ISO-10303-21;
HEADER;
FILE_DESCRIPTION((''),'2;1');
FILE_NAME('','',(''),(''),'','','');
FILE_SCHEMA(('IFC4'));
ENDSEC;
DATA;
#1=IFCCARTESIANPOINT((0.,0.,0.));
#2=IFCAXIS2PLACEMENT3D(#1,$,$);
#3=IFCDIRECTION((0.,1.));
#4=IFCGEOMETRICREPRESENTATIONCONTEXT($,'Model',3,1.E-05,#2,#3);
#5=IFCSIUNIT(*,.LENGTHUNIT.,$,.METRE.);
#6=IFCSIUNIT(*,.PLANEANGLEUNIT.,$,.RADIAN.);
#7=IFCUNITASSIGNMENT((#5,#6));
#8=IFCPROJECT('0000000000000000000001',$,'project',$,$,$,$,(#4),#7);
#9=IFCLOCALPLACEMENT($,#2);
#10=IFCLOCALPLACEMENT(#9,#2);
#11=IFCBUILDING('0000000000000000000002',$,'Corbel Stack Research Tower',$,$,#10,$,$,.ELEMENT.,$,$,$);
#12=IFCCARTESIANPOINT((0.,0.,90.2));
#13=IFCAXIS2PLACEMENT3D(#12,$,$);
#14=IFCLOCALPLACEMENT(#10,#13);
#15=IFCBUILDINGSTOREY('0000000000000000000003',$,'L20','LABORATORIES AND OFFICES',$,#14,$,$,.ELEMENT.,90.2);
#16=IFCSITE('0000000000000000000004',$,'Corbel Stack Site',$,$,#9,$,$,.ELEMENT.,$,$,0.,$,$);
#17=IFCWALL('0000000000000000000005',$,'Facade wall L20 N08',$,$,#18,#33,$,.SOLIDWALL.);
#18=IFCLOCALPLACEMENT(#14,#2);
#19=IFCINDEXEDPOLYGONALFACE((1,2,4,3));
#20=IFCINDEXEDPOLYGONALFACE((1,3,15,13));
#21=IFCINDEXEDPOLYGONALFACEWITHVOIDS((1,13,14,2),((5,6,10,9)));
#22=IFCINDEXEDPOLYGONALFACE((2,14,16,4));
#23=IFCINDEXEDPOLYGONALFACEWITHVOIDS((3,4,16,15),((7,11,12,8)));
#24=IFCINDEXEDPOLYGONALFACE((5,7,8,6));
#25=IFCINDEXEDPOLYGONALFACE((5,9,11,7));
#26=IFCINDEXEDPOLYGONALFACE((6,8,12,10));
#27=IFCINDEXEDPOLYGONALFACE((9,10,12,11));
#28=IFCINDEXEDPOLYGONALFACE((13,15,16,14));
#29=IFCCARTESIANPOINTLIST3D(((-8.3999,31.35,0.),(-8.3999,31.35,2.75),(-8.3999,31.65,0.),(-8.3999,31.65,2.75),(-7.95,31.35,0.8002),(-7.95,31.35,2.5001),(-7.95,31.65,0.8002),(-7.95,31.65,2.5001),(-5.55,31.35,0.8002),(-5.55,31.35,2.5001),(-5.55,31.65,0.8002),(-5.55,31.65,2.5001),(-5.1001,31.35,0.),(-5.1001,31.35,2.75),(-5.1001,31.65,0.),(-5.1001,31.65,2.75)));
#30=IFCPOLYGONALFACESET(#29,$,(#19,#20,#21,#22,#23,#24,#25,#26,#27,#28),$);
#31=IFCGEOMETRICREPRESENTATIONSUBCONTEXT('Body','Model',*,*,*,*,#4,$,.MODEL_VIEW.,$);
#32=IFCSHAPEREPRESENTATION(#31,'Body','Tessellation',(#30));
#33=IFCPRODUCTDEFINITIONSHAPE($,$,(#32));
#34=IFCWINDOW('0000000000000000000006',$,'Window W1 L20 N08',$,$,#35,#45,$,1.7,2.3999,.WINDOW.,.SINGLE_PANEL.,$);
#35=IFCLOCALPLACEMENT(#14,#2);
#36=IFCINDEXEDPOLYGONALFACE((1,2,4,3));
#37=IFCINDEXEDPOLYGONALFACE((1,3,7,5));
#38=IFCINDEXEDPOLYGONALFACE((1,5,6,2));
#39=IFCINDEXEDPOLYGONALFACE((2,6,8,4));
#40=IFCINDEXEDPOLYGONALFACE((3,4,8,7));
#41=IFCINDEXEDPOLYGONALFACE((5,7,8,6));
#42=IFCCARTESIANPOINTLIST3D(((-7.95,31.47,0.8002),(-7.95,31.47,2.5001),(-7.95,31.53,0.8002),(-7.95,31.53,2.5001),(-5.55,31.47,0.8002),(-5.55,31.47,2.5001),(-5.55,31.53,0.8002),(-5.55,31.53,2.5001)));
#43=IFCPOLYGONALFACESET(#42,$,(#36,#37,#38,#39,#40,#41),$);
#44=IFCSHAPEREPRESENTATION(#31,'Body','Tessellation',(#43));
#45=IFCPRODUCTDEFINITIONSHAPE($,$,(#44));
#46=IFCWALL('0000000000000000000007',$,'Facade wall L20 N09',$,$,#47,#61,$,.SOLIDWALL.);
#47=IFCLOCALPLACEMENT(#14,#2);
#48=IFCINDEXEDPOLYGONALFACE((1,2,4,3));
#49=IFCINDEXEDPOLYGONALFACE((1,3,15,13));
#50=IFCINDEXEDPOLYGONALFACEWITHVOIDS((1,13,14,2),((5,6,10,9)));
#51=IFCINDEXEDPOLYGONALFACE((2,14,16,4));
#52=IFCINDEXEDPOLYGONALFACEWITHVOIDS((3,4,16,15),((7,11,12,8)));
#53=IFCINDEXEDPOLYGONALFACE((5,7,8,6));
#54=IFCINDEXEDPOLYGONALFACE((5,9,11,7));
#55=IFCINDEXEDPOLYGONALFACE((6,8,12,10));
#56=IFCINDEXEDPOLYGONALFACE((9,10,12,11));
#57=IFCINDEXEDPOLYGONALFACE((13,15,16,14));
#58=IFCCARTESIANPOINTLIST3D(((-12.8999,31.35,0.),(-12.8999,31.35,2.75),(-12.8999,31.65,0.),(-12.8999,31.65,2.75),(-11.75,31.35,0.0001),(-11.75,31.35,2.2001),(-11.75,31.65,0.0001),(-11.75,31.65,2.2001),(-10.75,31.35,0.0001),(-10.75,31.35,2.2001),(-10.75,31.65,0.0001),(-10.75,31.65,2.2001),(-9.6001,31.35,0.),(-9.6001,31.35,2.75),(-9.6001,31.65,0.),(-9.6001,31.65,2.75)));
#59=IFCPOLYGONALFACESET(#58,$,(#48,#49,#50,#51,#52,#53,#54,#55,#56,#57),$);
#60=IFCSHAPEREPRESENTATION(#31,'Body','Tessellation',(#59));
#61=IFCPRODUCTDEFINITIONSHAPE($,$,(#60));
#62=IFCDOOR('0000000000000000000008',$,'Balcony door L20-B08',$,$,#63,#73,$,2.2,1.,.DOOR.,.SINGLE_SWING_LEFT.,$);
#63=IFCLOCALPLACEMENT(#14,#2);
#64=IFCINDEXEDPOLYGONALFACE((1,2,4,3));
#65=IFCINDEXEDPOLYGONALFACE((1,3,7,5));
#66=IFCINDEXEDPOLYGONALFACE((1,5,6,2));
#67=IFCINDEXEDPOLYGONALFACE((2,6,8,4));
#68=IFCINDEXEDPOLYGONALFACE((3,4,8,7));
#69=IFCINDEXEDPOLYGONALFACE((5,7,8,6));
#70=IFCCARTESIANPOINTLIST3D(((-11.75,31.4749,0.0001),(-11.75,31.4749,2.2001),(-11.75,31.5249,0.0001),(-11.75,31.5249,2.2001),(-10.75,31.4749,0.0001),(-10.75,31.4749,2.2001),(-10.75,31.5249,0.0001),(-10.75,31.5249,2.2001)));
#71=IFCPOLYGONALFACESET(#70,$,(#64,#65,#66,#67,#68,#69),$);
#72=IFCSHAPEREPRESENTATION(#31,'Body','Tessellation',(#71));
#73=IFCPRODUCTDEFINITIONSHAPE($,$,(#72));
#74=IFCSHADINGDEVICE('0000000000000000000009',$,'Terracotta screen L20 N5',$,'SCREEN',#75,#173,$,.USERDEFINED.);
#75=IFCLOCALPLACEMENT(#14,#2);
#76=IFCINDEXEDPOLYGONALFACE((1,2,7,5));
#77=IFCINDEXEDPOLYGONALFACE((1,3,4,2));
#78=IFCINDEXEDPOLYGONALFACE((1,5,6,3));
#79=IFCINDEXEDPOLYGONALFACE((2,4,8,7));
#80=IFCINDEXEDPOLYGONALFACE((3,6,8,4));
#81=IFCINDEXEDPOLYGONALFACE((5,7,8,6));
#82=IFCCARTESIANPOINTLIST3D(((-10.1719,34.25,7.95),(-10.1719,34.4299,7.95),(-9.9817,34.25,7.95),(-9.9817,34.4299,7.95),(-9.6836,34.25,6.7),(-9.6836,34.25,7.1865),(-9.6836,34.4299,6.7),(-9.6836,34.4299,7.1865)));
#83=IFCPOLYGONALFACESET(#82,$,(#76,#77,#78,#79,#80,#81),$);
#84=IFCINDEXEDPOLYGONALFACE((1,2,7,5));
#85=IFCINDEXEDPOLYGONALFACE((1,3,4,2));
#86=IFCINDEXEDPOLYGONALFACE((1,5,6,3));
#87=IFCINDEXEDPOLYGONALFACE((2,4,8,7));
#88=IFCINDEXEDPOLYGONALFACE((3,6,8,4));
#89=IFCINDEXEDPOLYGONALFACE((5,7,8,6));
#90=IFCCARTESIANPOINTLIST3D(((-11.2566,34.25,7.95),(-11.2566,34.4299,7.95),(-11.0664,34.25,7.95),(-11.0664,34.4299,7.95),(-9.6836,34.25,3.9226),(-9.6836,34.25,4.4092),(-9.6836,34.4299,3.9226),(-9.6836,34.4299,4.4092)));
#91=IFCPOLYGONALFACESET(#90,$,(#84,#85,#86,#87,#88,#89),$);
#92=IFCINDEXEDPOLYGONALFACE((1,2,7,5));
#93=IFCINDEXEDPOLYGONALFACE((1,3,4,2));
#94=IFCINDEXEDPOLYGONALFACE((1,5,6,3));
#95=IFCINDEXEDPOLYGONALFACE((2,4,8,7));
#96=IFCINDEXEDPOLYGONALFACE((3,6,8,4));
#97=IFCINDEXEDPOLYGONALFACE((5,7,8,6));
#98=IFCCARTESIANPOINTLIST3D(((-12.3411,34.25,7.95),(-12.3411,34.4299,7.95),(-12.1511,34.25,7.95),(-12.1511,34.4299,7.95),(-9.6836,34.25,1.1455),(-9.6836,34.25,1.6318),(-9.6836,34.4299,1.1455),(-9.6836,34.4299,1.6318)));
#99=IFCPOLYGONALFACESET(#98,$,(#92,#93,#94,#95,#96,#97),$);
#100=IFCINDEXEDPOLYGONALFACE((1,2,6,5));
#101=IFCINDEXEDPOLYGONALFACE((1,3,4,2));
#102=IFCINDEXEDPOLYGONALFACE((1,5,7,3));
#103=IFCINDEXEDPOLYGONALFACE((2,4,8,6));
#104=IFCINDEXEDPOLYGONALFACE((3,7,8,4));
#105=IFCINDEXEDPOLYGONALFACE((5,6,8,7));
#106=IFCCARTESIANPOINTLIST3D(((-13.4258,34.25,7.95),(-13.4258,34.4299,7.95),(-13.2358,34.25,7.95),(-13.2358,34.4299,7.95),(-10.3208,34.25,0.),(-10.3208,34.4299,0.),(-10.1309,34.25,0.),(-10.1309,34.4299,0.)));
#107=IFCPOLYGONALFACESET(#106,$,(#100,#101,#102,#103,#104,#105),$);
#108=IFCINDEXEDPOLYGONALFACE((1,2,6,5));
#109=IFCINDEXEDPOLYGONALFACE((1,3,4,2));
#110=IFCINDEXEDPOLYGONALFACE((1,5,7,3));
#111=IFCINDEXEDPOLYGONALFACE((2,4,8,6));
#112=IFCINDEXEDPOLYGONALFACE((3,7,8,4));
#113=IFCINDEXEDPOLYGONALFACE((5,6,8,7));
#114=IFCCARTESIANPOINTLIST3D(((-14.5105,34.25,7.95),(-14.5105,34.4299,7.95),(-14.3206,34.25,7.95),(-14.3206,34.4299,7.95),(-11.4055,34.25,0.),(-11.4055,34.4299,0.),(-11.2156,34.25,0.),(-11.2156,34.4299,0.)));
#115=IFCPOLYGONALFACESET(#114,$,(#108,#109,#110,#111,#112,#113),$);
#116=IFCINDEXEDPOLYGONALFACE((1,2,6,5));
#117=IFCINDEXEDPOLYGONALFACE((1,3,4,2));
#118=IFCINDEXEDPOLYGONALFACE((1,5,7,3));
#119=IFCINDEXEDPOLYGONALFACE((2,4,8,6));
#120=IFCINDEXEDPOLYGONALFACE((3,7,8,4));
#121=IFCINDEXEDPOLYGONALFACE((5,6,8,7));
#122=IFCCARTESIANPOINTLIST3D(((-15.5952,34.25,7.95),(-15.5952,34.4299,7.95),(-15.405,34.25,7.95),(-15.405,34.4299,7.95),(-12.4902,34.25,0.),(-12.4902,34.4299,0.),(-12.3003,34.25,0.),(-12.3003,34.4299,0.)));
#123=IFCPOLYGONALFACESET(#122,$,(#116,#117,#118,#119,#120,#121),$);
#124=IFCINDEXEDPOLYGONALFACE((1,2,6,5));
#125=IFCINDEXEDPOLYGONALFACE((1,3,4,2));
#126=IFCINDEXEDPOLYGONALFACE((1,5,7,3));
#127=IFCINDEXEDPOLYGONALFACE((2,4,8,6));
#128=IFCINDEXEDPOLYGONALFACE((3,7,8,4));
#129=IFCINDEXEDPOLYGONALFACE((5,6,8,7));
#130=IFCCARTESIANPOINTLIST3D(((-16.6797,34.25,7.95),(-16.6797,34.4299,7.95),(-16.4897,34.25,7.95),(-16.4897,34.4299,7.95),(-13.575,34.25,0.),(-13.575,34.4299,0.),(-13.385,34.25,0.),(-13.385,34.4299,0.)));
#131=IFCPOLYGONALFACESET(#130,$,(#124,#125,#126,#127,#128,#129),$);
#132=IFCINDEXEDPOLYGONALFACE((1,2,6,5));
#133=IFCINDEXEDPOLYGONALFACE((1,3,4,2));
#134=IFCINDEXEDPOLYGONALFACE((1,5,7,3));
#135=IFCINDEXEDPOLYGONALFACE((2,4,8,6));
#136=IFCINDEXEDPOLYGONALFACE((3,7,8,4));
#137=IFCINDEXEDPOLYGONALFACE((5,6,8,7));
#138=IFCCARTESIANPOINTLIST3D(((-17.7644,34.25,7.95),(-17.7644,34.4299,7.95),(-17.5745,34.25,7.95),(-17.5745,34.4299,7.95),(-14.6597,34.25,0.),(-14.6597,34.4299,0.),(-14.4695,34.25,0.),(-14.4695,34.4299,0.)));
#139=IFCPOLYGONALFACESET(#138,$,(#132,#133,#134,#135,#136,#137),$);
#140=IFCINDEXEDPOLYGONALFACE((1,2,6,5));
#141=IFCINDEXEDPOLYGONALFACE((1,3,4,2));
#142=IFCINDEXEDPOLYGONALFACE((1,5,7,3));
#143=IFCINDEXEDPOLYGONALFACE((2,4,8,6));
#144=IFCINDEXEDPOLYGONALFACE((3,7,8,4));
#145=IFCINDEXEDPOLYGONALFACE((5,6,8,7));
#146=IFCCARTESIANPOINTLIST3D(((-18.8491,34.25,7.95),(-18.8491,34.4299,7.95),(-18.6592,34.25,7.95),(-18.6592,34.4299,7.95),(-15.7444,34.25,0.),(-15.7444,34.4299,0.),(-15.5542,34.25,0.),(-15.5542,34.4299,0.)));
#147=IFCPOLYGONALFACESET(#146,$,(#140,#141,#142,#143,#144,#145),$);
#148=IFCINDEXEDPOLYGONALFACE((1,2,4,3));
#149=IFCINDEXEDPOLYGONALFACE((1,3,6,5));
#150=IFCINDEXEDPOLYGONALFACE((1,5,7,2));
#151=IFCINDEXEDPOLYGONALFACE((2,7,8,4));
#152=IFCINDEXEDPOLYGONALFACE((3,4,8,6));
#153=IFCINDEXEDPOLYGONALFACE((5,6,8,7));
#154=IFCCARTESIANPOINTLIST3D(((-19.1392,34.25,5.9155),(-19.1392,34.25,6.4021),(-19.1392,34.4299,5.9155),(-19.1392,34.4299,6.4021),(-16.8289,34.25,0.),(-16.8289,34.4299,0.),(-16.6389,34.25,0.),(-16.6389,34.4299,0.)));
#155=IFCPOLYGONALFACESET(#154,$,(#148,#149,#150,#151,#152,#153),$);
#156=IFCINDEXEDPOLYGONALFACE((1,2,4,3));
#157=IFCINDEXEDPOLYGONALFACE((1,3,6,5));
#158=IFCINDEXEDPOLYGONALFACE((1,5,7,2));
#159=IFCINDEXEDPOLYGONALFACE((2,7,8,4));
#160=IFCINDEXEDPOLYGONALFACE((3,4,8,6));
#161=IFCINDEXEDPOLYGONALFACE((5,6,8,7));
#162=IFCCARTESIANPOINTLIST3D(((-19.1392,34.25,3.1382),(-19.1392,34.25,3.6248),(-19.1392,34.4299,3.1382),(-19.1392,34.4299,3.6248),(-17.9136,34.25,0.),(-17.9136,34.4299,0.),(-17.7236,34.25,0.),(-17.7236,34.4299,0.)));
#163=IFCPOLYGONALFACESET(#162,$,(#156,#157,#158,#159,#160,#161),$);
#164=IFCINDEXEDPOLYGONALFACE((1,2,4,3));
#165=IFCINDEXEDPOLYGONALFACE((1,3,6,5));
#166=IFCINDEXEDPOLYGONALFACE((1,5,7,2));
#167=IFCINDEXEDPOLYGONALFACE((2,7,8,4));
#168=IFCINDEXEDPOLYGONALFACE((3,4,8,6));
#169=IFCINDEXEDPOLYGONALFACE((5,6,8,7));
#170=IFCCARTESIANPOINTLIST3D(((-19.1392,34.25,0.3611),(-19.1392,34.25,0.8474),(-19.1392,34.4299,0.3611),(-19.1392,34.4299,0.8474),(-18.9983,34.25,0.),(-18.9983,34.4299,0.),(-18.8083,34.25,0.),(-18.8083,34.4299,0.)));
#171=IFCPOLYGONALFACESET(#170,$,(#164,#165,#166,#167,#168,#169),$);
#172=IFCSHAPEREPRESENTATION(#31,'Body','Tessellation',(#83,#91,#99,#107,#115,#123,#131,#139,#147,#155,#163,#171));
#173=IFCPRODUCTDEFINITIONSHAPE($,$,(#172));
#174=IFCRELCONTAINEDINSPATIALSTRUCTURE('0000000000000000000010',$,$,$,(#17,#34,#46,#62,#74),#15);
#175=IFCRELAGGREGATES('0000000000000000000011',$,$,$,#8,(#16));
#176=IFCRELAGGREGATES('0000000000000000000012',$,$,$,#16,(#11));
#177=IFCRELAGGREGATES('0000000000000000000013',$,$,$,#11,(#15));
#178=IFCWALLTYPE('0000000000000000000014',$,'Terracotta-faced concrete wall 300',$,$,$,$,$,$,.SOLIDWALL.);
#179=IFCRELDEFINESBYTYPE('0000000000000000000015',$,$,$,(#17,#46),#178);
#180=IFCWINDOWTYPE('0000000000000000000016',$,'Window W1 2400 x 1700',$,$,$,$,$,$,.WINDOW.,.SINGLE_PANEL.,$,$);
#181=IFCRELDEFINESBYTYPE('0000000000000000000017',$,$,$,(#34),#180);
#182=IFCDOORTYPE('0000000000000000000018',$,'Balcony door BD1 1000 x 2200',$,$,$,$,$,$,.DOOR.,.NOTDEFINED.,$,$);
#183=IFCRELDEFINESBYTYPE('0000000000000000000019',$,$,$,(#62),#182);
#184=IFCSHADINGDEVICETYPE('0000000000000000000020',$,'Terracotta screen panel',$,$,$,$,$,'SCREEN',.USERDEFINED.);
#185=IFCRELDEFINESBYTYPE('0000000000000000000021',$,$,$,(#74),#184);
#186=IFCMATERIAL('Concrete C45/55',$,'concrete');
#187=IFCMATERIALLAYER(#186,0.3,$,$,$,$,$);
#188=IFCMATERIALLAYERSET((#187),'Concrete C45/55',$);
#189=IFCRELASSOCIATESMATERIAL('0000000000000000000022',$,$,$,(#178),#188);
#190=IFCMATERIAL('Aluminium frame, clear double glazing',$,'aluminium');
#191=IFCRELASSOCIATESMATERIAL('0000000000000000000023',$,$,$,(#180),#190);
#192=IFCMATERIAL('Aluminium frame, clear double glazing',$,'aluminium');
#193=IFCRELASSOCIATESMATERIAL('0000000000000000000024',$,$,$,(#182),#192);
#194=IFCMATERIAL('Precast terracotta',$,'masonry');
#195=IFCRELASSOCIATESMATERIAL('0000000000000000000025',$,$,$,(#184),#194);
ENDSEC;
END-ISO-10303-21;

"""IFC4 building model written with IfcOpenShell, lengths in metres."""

from ifc_helpers import new_model, si_unit, direction, frame, frame_2d, origin, place, context, subcontext, project, spatial, polyline, rectangle, outline, extrude, source, transform, mapped, material, layer, layer_set, type_object, element, fill, save


model = new_model("IFC4")

# Units and contexts
model_context = context("Model", 3, precision=1e-05, world=origin(), true_north=direction((0.0, 1.0)))
body_context = subcontext(model_context, "Body", "Model", "MODEL_VIEW")
ifc_project = project(units=[si_unit("LENGTHUNIT", "METRE"), si_unit("PLANEANGLEUNIT", "RADIAN")], contexts=[model_context])

# Site, building, storey
site_placement = place(None, origin())
site = spatial("IfcSite", under=ifc_project, at=site_placement, Name="Corbel Stack Site", CompositionType="ELEMENT", RefElevation=0.0)
building_placement = place(site_placement, origin())
building = spatial("IfcBuilding", under=site, at=building_placement, Name="Corbel Stack Research Tower", CompositionType="ELEMENT")
storey_placement = place(building_placement, frame((0.0, 0.0, 90.2)))
storey = spatial("IfcBuildingStorey", under=building, at=storey_placement, Name="L20", Description="LABORATORIES AND OFFICES", CompositionType="ELEMENT", Elevation=90.2)

# Wall, opening, window
ifc_material_1 = material(Name="Concrete C45/55", Category="concrete")
ifc_layer_1 = layer(ifc_material_1, 0.3)
ifc_layer_set_1 = layer_set([ifc_layer_1], Name="Concrete C45/55")
wall_type_1 = type_object("IfcWallType", Name="Terracotta-faced concrete wall 300", PredefinedType="SOLIDWALL", material=ifc_layer_set_1)
ifc_material_2 = material(Name="Aluminium frame, clear double glazing", Category="aluminium")
window_type = type_object("IfcWindowType", Name="Window W1 2400 x 1700", PartitioningType="SINGLE_PANEL", PredefinedType="WINDOW", material=ifc_material_2)
wall_1_placement = place(storey_placement, frame((-8.3999, 31.5, 0.0), z_axis=(0.0, 0.0, 1.0), x_axis=(1.0, 0.0, 0.0)))
wall_1 = element("IfcWall", 1, at=wall_1_placement, inside=storey, type_object=wall_type_1, Name="Facade wall L20 N08", PredefinedType="SOLIDWALL", context=body_context, shape_type="SweptSolid", body=[
    extrude(rectangle(XDim=3.2998, YDim=0.3, at=frame_2d((1.6499, 0.0))), origin(), (0.0, 0.0, 1.0), 2.75),
])
opening_1_placement = place(wall_1_placement, frame((0.45, 0.0, 0.8)))
opening_1 = element("IfcOpeningElement", 2, at=opening_1_placement, cuts=wall_1, PredefinedType="OPENING", context=body_context, shape_type="SweptSolid", body=[
    extrude(rectangle(XDim=2.3999, YDim=1.7, at=frame_2d((1.2, 0.8501))), frame((0.0, 0.1599, 0.0), z_axis=(0.0, -1.0, 0.0), x_axis=(1.0, 0.0, 0.0)), (0.0, 0.0, 1.0), 0.3201),
])
window_1_placement = place(opening_1_placement, origin())
window_1 = element("IfcWindow", 3, at=window_1_placement, inside=storey, type_object=window_type, Name="Window W1 L20 N08", OverallHeight=1.7, OverallWidth=2.3999, PartitioningType="SINGLE_PANEL", PredefinedType="WINDOW", context=body_context, shape_type="SweptSolid", body=[
    extrude(rectangle(XDim=2.3999, YDim=1.7, at=frame_2d((1.2, 0.8501))), frame((0.0, 0.03, 0.0), z_axis=(0.0, -1.0, 0.0), x_axis=(1.0, 0.0, 0.0)), (0.0, 0.0, 1.0), 0.0601),
])
fill(opening_1, window_1)

# Wall, opening, door
wall_2_placement = place(storey_placement, frame((-12.8999, 31.5, 0.0), z_axis=(0.0, 0.0, 1.0), x_axis=(1.0, 0.0, 0.0)))
wall_2 = element("IfcWall", 4, at=wall_2_placement, inside=storey, type_object=wall_type_1, Name="Facade wall L20 N09", PredefinedType="SOLIDWALL", context=body_context, shape_type="SweptSolid", body=[
    extrude(rectangle(XDim=3.2998, YDim=0.3, at=frame_2d((1.6499, 0.0))), origin(), (0.0, 0.0, 1.0), 2.75),
])
opening_2_placement = place(wall_2_placement, frame((1.1499, 0.0, 0.0)))
opening_2 = element("IfcOpeningElement", 5, at=opening_2_placement, cuts=wall_2, PredefinedType="OPENING", context=body_context, shape_type="SweptSolid", body=[
    extrude(rectangle(XDim=1.0, YDim=2.2, at=frame_2d((0.5, 1.1001))), frame((0.0, 0.1599, 0.0), z_axis=(0.0, -1.0, 0.0), x_axis=(1.0, 0.0, 0.0)), (0.0, 0.0, 1.0), 0.3201),
])
ifc_material_3 = material(Name="Aluminium frame, clear double glazing", Category="aluminium")
door_type_1 = type_object("IfcDoorType", Name="Balcony door BD1 1000 x 2200", OperationType="NOTDEFINED", PredefinedType="DOOR", material=ifc_material_3)
door_1_placement = place(opening_2_placement, origin())
door_1 = element("IfcDoor", 6, at=door_1_placement, inside=storey, type_object=door_type_1, Name="Balcony door L20-B08", OperationType="SINGLE_SWING_LEFT", OverallHeight=2.2, OverallWidth=1.0, PredefinedType="DOOR", context=body_context, shape_type="SweptSolid", body=[
    extrude(rectangle(XDim=1.0, YDim=2.2, at=frame_2d((0.5, 1.1001))), frame((0.0, 0.0249, 0.0), z_axis=(0.0, -1.0, 0.0), x_axis=(1.0, 0.0, 0.0)), (0.0, 0.0, 1.0), 0.05),
])
fill(opening_2, door_1)

# Shading device
ifc_material_4 = material(Name="Precast terracotta", Category="masonry")
shading_device_type = type_object("IfcShadingDeviceType", Name="Terracotta screen panel", ElementType="SCREEN", PredefinedType="USERDEFINED", material=ifc_material_4)
shared_shape_1 = source(origin(), body_context, "Body", "SweptSolid", [
    extrude(outline(polyline([(0.4883, 7.95), (0.2981, 7.95), (0.0, 7.1865), (0.0, 6.7), (0.4883, 7.95)])), frame((0.0, 0.0, 0.0), z_axis=(0.0, -1.0, 0.0), x_axis=(1.0, 0.0, 0.0)), (0.0, 0.0, 1.0), 0.1799),
    extrude(outline(polyline([(1.573, 7.95), (1.3828, 7.95), (0.0, 4.4092), (0.0, 3.9226), (1.573, 7.95)])), frame((0.0, 0.0, 0.0), z_axis=(0.0, -1.0, 0.0), x_axis=(1.0, 0.0, 0.0)), (0.0, 0.0, 1.0), 0.1799),
    extrude(outline(polyline([(2.6575, 7.95), (2.4675, 7.95), (0.0, 1.6318), (0.0, 1.1455), (2.6575, 7.95)])), frame((0.0, 0.0, 0.0), z_axis=(0.0, -1.0, 0.0), x_axis=(1.0, 0.0, 0.0)), (0.0, 0.0, 1.0), 0.1799),
    extrude(outline(polyline([(0.6372, 0.0), (3.7422, 7.95), (3.5522, 7.95), (0.4473, 0.0), (0.6372, 0.0)])), frame((0.0, 0.0, 0.0), z_axis=(0.0, -1.0, 0.0), x_axis=(1.0, 0.0, 0.0)), (0.0, 0.0, 1.0), 0.1799),
    extrude(outline(polyline([(1.7219, 0.0), (4.8269, 7.95), (4.637, 7.95), (1.532, 0.0), (1.7219, 0.0)])), frame((0.0, 0.0, 0.0), z_axis=(0.0, -1.0, 0.0), x_axis=(1.0, 0.0, 0.0)), (0.0, 0.0, 1.0), 0.1799),
    extrude(outline(polyline([(2.8066, 0.0), (5.9116, 7.95), (5.7214, 7.95), (2.6167, 0.0), (2.8066, 0.0)])), frame((0.0, 0.0, 0.0), z_axis=(0.0, -1.0, 0.0), x_axis=(1.0, 0.0, 0.0)), (0.0, 0.0, 1.0), 0.1799),
    extrude(outline(polyline([(3.8914, 0.0), (6.9961, 7.95), (6.8062, 7.95), (3.7014, 0.0), (3.8914, 0.0)])), frame((0.0, 0.0, 0.0), z_axis=(0.0, -1.0, 0.0), x_axis=(1.0, 0.0, 0.0)), (0.0, 0.0, 1.0), 0.1799),
    extrude(outline(polyline([(4.9761, 0.0), (8.0808, 7.95), (7.8909, 7.95), (4.7859, 0.0), (4.9761, 0.0)])), frame((0.0, 0.0, 0.0), z_axis=(0.0, -1.0, 0.0), x_axis=(1.0, 0.0, 0.0)), (0.0, 0.0, 1.0), 0.1799),
    extrude(outline(polyline([(6.0608, 0.0), (9.1655, 7.95), (8.9756, 7.95), (5.8706, 0.0), (6.0608, 0.0)])), frame((0.0, 0.0, 0.0), z_axis=(0.0, -1.0, 0.0), x_axis=(1.0, 0.0, 0.0)), (0.0, 0.0, 1.0), 0.1799),
    extrude(outline(polyline([(7.1453, 0.0), (9.4556, 5.9155), (9.4556, 6.4021), (6.9553, 0.0), (7.1453, 0.0)])), frame((0.0, 0.0, 0.0), z_axis=(0.0, -1.0, 0.0), x_axis=(1.0, 0.0, 0.0)), (0.0, 0.0, 1.0), 0.1799),
    extrude(outline(polyline([(8.23, 0.0), (9.4556, 3.1382), (9.4556, 3.6248), (8.04, 0.0), (8.23, 0.0)])), frame((0.0, 0.0, 0.0), z_axis=(0.0, -1.0, 0.0), x_axis=(1.0, 0.0, 0.0)), (0.0, 0.0, 1.0), 0.1799),
    extrude(outline(polyline([(9.3147, 0.0), (9.4556, 0.3611), (9.4556, 0.8474), (9.1248, 0.0), (9.3147, 0.0)])), frame((0.0, 0.0, 0.0), z_axis=(0.0, -1.0, 0.0), x_axis=(1.0, 0.0, 0.0)), (0.0, 0.0, 1.0), 0.1799),
])
shading_device_1_placement = place(storey_placement, frame((-9.6836, 34.25, 0.0), z_axis=(0.0, 0.0, 1.0), x_axis=(-1.0, 0.0, 0.0)))
element("IfcShadingDevice", 7, at=shading_device_1_placement, inside=storey, type_object=shading_device_type, Name="Terracotta screen L20 N5", ObjectType="SCREEN", PredefinedType="USERDEFINED", context=body_context, shape_type="MappedRepresentation", body=[
    mapped(shared_shape_1, transform((0.0, 0.0, 0.0))),
])

save(model, "model.ifc")
